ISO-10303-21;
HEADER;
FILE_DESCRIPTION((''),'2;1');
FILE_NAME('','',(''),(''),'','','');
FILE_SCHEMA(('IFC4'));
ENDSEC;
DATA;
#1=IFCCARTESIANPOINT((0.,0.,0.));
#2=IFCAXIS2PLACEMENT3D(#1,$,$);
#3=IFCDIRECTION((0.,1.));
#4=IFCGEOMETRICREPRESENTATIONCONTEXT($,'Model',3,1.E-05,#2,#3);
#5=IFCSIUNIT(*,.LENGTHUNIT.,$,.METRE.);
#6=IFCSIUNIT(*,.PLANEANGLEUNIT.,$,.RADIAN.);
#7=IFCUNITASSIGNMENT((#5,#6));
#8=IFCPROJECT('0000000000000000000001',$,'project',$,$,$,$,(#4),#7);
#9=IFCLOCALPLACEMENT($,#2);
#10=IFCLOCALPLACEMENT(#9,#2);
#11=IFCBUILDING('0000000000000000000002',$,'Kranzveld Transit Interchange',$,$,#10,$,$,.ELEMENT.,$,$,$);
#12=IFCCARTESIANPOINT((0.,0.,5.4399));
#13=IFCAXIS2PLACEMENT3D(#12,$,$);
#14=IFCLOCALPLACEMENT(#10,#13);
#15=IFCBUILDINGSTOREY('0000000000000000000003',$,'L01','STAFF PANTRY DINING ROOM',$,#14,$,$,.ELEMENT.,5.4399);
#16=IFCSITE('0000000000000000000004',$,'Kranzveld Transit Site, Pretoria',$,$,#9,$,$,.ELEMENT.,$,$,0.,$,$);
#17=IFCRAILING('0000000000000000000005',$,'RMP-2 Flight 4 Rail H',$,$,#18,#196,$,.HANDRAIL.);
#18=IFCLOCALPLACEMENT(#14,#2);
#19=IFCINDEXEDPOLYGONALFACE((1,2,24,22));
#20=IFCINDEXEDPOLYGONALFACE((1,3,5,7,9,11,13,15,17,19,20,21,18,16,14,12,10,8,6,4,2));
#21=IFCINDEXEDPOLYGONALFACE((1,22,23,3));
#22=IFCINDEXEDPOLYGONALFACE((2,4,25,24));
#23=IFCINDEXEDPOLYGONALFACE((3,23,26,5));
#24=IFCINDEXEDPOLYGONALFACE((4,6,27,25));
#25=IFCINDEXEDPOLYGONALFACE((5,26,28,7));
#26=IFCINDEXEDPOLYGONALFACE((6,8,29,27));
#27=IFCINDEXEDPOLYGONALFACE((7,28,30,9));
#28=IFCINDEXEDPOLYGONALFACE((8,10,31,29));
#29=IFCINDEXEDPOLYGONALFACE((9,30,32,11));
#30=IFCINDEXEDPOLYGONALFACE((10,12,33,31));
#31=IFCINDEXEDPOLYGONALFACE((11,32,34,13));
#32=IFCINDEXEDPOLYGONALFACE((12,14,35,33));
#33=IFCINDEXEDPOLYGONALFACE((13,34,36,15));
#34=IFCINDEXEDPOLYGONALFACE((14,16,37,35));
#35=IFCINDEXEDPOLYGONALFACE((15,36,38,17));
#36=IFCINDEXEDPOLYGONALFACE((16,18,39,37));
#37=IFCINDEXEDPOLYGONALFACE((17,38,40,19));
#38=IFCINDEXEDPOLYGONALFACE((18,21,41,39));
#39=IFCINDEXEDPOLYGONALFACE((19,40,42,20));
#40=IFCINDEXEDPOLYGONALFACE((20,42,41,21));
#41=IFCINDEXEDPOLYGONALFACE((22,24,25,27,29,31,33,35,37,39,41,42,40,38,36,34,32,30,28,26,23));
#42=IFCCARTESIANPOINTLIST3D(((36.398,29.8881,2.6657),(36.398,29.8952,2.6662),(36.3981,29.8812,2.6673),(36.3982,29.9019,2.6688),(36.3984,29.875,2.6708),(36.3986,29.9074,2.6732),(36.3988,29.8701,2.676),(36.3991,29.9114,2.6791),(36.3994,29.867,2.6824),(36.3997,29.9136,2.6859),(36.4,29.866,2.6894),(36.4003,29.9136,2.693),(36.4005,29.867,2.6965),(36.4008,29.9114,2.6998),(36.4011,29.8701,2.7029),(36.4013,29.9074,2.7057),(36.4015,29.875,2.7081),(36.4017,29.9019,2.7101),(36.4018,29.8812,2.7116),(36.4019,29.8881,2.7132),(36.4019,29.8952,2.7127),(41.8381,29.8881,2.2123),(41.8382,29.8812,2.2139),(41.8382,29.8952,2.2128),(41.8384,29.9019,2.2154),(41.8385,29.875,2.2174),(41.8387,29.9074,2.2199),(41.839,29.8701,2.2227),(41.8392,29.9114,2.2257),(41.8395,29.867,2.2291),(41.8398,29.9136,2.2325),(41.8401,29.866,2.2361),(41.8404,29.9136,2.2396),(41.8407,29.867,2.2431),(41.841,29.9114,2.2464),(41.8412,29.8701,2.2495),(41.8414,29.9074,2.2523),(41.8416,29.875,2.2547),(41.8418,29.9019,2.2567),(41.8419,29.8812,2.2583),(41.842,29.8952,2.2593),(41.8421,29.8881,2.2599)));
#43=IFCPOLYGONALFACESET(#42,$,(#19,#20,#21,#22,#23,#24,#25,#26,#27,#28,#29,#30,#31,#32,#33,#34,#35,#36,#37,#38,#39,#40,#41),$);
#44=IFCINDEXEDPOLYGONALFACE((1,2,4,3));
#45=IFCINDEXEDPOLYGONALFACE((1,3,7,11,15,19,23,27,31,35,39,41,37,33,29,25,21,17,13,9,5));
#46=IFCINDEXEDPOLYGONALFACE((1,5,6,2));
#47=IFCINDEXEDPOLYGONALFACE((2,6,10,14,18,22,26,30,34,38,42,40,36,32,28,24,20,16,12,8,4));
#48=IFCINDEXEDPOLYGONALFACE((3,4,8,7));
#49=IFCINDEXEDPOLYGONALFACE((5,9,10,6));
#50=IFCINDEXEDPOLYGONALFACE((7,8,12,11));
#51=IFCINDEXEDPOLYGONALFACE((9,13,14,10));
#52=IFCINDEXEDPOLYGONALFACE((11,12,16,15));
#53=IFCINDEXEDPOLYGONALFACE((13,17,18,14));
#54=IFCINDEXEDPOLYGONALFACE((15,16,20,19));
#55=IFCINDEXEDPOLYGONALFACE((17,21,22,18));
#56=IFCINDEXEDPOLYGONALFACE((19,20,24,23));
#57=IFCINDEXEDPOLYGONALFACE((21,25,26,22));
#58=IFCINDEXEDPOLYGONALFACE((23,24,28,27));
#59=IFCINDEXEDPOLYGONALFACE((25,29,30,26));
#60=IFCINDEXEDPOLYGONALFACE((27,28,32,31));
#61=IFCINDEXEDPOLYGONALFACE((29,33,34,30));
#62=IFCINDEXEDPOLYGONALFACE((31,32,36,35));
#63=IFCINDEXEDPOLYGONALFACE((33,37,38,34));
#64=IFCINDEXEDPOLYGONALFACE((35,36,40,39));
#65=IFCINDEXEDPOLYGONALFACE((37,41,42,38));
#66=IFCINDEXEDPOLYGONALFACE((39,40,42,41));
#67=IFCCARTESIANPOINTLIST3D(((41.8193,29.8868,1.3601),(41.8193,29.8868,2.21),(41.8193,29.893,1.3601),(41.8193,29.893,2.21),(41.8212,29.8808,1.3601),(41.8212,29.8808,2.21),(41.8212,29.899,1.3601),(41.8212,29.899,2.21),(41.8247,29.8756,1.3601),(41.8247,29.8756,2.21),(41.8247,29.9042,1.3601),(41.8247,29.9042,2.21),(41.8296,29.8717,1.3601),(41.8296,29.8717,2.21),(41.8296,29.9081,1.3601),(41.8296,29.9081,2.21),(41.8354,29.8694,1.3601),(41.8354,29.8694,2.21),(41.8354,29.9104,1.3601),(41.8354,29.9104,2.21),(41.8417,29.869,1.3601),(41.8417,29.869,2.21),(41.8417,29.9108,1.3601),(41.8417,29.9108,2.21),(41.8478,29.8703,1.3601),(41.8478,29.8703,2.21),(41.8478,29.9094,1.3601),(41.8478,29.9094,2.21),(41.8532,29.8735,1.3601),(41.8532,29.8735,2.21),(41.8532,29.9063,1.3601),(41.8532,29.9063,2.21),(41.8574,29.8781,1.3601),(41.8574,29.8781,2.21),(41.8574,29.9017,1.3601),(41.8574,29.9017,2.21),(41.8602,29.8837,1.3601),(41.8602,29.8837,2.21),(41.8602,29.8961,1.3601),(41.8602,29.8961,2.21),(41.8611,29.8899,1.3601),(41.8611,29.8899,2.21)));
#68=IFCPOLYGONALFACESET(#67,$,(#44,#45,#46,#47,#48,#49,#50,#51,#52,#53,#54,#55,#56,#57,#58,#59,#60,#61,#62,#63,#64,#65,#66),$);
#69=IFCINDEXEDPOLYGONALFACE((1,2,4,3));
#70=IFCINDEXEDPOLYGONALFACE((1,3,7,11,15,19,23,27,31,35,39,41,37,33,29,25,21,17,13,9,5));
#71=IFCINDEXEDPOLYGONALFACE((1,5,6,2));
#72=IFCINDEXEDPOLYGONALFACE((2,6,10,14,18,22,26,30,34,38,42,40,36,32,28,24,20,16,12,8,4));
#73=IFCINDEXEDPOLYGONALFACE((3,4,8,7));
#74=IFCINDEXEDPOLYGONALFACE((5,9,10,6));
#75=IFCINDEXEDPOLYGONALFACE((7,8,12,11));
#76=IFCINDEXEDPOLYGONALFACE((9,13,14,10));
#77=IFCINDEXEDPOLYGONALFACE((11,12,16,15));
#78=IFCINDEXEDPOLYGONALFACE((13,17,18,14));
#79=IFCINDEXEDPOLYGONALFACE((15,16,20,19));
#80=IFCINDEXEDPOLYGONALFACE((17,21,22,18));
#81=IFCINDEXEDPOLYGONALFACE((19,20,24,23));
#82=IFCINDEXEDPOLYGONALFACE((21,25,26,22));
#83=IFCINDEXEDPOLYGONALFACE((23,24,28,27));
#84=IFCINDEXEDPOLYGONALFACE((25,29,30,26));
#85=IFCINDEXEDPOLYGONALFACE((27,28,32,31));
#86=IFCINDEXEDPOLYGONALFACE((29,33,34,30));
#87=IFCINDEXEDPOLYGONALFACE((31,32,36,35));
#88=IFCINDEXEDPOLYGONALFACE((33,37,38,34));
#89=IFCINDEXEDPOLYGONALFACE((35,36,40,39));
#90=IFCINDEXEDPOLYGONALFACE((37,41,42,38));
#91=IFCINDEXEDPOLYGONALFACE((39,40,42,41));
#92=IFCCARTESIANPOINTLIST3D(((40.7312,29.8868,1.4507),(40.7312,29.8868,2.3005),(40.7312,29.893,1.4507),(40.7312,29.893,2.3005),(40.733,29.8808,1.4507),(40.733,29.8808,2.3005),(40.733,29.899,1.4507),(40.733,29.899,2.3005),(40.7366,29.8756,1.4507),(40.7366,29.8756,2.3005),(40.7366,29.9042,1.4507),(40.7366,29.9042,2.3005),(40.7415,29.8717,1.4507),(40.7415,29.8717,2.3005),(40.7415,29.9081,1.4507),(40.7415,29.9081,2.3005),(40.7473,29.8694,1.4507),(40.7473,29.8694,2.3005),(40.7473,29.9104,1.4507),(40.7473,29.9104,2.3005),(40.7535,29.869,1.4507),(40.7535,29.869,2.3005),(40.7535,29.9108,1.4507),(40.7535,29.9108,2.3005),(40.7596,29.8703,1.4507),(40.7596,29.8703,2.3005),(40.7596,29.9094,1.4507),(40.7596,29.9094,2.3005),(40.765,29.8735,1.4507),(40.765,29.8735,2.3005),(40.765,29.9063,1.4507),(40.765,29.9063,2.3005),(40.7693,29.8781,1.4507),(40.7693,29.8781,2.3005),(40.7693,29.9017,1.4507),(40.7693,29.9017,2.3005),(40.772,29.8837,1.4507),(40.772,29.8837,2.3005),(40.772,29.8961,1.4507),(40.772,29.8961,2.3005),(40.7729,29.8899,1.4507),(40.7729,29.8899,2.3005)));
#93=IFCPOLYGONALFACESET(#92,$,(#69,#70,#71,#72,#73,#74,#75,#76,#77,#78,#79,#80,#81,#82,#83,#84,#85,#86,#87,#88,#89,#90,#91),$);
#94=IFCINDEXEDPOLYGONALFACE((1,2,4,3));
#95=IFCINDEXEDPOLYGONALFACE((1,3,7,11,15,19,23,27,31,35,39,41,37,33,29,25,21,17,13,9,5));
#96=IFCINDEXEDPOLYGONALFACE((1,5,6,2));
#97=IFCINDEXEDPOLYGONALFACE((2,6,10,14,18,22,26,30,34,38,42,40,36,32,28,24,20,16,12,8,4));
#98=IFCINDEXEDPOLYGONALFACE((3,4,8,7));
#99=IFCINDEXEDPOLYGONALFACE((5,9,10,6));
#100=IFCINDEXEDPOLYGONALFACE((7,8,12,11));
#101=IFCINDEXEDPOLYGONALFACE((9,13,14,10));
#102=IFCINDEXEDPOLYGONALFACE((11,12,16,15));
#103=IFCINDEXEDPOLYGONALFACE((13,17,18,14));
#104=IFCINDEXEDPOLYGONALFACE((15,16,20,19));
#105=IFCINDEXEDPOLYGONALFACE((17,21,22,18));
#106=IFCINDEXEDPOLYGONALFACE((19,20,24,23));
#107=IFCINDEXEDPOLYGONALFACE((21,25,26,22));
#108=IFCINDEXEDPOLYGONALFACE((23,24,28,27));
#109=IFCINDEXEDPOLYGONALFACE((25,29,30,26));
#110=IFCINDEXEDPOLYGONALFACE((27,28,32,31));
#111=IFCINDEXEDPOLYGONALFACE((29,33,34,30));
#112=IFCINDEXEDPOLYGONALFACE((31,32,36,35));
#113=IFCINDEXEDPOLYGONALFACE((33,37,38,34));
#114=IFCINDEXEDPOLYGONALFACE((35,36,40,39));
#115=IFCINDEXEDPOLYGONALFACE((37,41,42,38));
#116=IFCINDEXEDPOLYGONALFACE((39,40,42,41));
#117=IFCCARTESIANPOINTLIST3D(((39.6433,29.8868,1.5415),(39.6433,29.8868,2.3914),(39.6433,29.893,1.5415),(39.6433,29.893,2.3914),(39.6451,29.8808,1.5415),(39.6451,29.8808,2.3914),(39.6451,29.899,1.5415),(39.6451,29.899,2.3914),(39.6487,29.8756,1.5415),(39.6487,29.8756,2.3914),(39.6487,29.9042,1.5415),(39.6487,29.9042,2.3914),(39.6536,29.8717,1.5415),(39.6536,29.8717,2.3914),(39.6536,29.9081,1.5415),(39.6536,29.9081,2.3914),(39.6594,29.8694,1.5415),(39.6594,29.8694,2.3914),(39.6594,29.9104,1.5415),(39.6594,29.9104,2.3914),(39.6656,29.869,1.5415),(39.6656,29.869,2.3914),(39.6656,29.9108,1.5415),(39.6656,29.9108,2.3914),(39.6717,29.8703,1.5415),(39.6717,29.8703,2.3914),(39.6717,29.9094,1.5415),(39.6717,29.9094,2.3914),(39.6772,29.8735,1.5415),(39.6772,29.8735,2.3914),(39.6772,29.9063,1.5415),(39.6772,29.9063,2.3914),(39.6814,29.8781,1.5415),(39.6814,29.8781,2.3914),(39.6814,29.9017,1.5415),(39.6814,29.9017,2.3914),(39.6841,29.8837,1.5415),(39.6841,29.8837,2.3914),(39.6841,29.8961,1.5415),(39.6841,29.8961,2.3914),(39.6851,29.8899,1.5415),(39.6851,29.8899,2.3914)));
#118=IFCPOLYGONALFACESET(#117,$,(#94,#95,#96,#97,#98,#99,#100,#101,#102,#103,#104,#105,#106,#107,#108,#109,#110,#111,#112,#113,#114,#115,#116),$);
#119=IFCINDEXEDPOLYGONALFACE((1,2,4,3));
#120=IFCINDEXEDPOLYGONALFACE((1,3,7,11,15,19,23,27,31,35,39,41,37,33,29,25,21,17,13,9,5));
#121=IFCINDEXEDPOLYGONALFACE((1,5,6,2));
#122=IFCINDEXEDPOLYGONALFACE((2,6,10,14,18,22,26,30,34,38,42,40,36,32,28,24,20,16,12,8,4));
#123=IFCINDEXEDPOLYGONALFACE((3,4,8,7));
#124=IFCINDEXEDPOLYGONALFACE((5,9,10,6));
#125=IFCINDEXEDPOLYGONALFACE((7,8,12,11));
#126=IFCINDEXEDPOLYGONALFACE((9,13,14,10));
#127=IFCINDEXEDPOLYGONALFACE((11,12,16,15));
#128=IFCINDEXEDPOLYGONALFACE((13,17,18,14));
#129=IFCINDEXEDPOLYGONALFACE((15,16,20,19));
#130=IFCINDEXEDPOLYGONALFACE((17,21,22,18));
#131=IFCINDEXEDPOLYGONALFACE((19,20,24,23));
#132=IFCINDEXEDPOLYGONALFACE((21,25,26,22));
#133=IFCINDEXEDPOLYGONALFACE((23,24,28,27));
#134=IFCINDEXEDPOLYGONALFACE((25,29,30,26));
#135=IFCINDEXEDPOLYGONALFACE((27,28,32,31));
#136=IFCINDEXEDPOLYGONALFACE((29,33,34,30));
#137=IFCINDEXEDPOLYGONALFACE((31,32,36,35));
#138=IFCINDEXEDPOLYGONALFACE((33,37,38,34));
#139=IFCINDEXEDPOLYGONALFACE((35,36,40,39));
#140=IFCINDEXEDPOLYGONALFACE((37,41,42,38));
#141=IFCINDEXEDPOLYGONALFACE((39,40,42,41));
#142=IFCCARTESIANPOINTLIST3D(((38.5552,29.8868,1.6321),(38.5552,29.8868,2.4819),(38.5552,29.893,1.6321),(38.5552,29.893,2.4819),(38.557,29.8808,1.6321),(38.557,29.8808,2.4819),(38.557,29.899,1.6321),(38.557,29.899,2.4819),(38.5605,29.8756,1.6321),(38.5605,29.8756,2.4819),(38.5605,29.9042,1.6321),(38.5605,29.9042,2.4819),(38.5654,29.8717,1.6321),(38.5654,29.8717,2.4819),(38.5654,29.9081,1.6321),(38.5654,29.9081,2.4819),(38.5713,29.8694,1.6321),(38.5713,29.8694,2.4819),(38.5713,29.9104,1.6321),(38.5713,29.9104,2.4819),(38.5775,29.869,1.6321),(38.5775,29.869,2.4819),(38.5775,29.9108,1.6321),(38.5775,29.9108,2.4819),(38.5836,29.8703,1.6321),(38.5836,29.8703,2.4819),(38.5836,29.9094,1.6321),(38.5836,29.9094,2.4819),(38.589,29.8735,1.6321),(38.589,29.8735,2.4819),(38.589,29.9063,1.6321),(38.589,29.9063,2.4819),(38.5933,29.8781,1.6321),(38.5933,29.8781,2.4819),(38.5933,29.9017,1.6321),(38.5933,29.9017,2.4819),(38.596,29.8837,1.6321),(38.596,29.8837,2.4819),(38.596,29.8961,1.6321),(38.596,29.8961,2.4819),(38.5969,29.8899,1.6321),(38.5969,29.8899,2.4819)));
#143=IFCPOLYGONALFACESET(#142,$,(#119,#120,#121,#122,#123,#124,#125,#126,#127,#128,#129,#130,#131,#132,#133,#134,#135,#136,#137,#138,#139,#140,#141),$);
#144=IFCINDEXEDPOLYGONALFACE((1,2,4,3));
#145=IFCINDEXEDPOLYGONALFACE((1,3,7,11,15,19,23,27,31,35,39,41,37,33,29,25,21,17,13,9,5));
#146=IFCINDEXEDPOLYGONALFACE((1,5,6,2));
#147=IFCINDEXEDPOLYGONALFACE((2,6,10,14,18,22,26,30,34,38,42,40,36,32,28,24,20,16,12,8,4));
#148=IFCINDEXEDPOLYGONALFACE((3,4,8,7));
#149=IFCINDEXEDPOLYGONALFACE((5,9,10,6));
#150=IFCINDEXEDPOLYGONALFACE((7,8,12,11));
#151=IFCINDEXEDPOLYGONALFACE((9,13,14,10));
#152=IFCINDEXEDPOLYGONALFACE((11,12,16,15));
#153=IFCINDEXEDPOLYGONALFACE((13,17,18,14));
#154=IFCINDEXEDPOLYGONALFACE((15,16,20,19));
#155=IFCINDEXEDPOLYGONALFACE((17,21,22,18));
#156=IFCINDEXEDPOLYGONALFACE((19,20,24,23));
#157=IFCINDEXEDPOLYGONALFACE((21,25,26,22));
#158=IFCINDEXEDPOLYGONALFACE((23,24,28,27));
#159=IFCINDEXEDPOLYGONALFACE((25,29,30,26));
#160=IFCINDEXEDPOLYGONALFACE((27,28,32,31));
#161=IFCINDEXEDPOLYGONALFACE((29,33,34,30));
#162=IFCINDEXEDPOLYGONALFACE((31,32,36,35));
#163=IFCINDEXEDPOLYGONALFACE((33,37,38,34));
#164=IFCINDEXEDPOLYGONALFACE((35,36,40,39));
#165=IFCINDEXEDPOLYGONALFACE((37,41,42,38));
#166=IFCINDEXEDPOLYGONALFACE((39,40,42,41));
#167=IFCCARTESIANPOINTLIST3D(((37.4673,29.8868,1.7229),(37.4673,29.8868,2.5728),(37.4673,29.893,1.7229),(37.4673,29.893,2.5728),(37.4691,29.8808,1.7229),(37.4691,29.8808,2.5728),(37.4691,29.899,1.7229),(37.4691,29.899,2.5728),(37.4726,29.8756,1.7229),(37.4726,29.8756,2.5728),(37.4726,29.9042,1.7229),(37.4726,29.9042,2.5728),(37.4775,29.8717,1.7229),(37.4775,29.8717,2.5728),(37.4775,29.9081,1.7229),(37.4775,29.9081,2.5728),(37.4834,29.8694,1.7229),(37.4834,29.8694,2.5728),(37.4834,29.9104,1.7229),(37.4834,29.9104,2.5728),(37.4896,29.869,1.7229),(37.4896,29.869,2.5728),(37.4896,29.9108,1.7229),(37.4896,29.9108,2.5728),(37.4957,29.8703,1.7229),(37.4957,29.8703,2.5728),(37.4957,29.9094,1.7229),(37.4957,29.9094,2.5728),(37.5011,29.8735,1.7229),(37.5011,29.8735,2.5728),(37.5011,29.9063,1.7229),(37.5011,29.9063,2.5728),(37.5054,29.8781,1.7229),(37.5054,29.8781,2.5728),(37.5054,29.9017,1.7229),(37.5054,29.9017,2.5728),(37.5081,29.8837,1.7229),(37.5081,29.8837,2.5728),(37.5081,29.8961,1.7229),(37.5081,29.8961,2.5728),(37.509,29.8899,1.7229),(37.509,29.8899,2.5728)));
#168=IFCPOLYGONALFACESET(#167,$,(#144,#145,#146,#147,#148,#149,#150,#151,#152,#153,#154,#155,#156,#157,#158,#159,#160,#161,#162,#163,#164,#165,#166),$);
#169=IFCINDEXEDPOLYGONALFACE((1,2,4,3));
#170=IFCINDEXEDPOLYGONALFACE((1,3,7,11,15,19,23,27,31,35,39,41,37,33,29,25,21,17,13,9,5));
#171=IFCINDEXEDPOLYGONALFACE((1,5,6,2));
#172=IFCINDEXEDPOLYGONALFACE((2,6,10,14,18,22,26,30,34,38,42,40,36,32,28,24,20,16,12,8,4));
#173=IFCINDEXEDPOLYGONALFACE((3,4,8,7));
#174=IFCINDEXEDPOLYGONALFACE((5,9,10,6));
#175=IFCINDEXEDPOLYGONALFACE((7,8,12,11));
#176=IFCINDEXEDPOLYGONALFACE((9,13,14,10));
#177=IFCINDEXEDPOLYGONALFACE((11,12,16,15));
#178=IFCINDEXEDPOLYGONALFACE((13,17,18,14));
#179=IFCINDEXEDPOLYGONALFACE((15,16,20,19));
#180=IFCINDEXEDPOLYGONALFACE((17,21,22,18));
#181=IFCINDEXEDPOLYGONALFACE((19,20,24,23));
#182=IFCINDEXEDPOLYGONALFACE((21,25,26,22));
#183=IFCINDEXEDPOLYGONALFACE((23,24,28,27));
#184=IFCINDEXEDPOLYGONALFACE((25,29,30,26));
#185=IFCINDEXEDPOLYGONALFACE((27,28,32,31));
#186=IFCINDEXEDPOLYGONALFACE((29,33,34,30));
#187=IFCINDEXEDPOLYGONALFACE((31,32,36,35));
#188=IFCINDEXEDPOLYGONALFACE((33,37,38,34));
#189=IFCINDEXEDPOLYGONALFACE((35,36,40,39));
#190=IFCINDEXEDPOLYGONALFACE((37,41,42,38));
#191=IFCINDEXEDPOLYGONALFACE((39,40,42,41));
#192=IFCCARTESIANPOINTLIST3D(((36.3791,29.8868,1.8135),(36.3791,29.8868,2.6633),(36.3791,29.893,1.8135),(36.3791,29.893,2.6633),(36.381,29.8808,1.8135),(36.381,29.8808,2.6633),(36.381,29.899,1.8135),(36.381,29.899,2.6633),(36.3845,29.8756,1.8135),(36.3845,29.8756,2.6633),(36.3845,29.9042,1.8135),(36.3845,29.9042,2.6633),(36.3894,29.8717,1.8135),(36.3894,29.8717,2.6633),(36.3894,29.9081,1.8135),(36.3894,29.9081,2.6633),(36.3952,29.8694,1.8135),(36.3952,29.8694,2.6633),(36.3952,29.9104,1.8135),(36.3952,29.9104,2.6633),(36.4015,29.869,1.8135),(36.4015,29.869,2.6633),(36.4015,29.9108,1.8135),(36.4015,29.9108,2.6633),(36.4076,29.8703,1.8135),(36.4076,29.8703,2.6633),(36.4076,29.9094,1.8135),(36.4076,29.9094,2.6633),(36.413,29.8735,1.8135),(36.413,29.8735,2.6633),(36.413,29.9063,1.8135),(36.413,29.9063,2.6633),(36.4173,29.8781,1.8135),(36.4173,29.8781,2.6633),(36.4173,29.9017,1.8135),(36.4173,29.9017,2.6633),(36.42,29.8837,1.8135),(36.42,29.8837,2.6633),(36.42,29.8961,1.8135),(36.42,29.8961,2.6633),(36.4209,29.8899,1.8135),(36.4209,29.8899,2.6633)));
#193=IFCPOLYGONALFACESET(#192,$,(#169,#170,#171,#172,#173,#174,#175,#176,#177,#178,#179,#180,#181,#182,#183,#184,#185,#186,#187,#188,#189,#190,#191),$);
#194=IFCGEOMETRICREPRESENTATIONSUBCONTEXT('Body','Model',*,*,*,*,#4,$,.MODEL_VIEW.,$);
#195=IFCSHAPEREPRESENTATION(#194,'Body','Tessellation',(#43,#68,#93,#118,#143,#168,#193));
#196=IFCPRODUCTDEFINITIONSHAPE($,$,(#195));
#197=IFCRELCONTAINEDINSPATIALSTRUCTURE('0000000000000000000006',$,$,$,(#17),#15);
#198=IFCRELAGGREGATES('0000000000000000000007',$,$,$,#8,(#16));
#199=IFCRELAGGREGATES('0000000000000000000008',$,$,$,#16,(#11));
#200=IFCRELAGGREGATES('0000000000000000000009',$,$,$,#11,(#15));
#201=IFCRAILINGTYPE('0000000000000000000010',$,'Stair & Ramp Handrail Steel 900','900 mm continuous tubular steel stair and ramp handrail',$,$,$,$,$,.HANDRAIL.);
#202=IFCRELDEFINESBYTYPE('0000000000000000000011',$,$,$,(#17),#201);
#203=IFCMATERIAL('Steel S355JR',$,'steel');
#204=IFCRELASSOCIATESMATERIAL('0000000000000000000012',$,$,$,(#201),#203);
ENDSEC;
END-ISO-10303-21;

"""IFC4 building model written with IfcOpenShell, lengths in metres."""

from ifc_helpers import new_model, si_unit, direction, frame, origin, origin_2d, place, context, subcontext, project, spatial, circle, extrude, material, type_object, element, save


model = new_model("IFC4")

# Units and contexts
model_context = context("Model", 3, precision=1e-05, world=origin(), true_north=direction((0.0, 1.0)))
body_context = subcontext(model_context, "Body", "Model", "MODEL_VIEW")
ifc_project = project(units=[si_unit("LENGTHUNIT", "METRE"), si_unit("PLANEANGLEUNIT", "RADIAN")], contexts=[model_context])

# Site, building, storey
site_placement = place(None, origin())
site = spatial("IfcSite", under=ifc_project, at=site_placement, Name="Kranzveld Transit Site, Pretoria", CompositionType="ELEMENT", RefElevation=0.0)
building_placement = place(site_placement, origin())
building = spatial("IfcBuilding", under=site, at=building_placement, Name="Kranzveld Transit Interchange", CompositionType="ELEMENT")
storey_placement = place(building_placement, frame((0.0, 0.0, 5.4399)))
storey = spatial("IfcBuildingStorey", under=building, at=storey_placement, Name="L01", Description="STAFF PANTRY DINING ROOM", CompositionType="ELEMENT", Elevation=5.4399)

# Railing
ifc_material_1 = material(Name="Steel S355JR", Category="steel")
railing_type_1 = type_object("IfcRailingType", Name="Stair & Ramp Handrail Steel 900", Description="900 mm continuous tubular steel stair and ramp handrail", PredefinedType="HANDRAIL", material=ifc_material_1)
for number, where, name in (
    (1, (41.8401, 29.8899, 1.3601), "RMP-2 Flight 4 Rail H"),
):
    element("IfcRailing", number, at=place(storey_placement, frame(where)), inside=storey, type_object=railing_type_1, Name=name, PredefinedType="HANDRAIL", context=body_context, shape_type="SweptSolid", body=[
        extrude(circle(Radius=0.0239, at=origin_2d()), frame((0.0, 0.0, 0.876), z_axis=(-0.996545, 0.0, 0.083049), x_axis=(0.0, -1.0, 0.0)), (0.0, 0.0, 1.0), 5.459),
        extrude(circle(Radius=0.021, at=origin_2d()), origin(), (0.0, 0.0, 1.0), 0.8499),
        extrude(circle(Radius=0.021, at=origin_2d()), frame((-1.0881, 0.0, 0.0906)), (0.0, 0.0, 1.0), 0.8499),
        extrude(circle(Radius=0.021, at=origin_2d()), frame((-2.176, 0.0, 0.1814)), (0.0, 0.0, 1.0), 0.8499),
        extrude(circle(Radius=0.021, at=origin_2d()), frame((-3.2642, 0.0, 0.272)), (0.0, 0.0, 1.0), 0.8499),
        extrude(circle(Radius=0.021, at=origin_2d()), frame((-4.3521, 0.0, 0.3628)), (0.0, 0.0, 1.0), 0.8499),
        extrude(circle(Radius=0.021, at=origin_2d()), frame((-5.4402, 0.0, 0.4534)), (0.0, 0.0, 1.0), 0.8499),
    ])

save(model, "model.ifc")
